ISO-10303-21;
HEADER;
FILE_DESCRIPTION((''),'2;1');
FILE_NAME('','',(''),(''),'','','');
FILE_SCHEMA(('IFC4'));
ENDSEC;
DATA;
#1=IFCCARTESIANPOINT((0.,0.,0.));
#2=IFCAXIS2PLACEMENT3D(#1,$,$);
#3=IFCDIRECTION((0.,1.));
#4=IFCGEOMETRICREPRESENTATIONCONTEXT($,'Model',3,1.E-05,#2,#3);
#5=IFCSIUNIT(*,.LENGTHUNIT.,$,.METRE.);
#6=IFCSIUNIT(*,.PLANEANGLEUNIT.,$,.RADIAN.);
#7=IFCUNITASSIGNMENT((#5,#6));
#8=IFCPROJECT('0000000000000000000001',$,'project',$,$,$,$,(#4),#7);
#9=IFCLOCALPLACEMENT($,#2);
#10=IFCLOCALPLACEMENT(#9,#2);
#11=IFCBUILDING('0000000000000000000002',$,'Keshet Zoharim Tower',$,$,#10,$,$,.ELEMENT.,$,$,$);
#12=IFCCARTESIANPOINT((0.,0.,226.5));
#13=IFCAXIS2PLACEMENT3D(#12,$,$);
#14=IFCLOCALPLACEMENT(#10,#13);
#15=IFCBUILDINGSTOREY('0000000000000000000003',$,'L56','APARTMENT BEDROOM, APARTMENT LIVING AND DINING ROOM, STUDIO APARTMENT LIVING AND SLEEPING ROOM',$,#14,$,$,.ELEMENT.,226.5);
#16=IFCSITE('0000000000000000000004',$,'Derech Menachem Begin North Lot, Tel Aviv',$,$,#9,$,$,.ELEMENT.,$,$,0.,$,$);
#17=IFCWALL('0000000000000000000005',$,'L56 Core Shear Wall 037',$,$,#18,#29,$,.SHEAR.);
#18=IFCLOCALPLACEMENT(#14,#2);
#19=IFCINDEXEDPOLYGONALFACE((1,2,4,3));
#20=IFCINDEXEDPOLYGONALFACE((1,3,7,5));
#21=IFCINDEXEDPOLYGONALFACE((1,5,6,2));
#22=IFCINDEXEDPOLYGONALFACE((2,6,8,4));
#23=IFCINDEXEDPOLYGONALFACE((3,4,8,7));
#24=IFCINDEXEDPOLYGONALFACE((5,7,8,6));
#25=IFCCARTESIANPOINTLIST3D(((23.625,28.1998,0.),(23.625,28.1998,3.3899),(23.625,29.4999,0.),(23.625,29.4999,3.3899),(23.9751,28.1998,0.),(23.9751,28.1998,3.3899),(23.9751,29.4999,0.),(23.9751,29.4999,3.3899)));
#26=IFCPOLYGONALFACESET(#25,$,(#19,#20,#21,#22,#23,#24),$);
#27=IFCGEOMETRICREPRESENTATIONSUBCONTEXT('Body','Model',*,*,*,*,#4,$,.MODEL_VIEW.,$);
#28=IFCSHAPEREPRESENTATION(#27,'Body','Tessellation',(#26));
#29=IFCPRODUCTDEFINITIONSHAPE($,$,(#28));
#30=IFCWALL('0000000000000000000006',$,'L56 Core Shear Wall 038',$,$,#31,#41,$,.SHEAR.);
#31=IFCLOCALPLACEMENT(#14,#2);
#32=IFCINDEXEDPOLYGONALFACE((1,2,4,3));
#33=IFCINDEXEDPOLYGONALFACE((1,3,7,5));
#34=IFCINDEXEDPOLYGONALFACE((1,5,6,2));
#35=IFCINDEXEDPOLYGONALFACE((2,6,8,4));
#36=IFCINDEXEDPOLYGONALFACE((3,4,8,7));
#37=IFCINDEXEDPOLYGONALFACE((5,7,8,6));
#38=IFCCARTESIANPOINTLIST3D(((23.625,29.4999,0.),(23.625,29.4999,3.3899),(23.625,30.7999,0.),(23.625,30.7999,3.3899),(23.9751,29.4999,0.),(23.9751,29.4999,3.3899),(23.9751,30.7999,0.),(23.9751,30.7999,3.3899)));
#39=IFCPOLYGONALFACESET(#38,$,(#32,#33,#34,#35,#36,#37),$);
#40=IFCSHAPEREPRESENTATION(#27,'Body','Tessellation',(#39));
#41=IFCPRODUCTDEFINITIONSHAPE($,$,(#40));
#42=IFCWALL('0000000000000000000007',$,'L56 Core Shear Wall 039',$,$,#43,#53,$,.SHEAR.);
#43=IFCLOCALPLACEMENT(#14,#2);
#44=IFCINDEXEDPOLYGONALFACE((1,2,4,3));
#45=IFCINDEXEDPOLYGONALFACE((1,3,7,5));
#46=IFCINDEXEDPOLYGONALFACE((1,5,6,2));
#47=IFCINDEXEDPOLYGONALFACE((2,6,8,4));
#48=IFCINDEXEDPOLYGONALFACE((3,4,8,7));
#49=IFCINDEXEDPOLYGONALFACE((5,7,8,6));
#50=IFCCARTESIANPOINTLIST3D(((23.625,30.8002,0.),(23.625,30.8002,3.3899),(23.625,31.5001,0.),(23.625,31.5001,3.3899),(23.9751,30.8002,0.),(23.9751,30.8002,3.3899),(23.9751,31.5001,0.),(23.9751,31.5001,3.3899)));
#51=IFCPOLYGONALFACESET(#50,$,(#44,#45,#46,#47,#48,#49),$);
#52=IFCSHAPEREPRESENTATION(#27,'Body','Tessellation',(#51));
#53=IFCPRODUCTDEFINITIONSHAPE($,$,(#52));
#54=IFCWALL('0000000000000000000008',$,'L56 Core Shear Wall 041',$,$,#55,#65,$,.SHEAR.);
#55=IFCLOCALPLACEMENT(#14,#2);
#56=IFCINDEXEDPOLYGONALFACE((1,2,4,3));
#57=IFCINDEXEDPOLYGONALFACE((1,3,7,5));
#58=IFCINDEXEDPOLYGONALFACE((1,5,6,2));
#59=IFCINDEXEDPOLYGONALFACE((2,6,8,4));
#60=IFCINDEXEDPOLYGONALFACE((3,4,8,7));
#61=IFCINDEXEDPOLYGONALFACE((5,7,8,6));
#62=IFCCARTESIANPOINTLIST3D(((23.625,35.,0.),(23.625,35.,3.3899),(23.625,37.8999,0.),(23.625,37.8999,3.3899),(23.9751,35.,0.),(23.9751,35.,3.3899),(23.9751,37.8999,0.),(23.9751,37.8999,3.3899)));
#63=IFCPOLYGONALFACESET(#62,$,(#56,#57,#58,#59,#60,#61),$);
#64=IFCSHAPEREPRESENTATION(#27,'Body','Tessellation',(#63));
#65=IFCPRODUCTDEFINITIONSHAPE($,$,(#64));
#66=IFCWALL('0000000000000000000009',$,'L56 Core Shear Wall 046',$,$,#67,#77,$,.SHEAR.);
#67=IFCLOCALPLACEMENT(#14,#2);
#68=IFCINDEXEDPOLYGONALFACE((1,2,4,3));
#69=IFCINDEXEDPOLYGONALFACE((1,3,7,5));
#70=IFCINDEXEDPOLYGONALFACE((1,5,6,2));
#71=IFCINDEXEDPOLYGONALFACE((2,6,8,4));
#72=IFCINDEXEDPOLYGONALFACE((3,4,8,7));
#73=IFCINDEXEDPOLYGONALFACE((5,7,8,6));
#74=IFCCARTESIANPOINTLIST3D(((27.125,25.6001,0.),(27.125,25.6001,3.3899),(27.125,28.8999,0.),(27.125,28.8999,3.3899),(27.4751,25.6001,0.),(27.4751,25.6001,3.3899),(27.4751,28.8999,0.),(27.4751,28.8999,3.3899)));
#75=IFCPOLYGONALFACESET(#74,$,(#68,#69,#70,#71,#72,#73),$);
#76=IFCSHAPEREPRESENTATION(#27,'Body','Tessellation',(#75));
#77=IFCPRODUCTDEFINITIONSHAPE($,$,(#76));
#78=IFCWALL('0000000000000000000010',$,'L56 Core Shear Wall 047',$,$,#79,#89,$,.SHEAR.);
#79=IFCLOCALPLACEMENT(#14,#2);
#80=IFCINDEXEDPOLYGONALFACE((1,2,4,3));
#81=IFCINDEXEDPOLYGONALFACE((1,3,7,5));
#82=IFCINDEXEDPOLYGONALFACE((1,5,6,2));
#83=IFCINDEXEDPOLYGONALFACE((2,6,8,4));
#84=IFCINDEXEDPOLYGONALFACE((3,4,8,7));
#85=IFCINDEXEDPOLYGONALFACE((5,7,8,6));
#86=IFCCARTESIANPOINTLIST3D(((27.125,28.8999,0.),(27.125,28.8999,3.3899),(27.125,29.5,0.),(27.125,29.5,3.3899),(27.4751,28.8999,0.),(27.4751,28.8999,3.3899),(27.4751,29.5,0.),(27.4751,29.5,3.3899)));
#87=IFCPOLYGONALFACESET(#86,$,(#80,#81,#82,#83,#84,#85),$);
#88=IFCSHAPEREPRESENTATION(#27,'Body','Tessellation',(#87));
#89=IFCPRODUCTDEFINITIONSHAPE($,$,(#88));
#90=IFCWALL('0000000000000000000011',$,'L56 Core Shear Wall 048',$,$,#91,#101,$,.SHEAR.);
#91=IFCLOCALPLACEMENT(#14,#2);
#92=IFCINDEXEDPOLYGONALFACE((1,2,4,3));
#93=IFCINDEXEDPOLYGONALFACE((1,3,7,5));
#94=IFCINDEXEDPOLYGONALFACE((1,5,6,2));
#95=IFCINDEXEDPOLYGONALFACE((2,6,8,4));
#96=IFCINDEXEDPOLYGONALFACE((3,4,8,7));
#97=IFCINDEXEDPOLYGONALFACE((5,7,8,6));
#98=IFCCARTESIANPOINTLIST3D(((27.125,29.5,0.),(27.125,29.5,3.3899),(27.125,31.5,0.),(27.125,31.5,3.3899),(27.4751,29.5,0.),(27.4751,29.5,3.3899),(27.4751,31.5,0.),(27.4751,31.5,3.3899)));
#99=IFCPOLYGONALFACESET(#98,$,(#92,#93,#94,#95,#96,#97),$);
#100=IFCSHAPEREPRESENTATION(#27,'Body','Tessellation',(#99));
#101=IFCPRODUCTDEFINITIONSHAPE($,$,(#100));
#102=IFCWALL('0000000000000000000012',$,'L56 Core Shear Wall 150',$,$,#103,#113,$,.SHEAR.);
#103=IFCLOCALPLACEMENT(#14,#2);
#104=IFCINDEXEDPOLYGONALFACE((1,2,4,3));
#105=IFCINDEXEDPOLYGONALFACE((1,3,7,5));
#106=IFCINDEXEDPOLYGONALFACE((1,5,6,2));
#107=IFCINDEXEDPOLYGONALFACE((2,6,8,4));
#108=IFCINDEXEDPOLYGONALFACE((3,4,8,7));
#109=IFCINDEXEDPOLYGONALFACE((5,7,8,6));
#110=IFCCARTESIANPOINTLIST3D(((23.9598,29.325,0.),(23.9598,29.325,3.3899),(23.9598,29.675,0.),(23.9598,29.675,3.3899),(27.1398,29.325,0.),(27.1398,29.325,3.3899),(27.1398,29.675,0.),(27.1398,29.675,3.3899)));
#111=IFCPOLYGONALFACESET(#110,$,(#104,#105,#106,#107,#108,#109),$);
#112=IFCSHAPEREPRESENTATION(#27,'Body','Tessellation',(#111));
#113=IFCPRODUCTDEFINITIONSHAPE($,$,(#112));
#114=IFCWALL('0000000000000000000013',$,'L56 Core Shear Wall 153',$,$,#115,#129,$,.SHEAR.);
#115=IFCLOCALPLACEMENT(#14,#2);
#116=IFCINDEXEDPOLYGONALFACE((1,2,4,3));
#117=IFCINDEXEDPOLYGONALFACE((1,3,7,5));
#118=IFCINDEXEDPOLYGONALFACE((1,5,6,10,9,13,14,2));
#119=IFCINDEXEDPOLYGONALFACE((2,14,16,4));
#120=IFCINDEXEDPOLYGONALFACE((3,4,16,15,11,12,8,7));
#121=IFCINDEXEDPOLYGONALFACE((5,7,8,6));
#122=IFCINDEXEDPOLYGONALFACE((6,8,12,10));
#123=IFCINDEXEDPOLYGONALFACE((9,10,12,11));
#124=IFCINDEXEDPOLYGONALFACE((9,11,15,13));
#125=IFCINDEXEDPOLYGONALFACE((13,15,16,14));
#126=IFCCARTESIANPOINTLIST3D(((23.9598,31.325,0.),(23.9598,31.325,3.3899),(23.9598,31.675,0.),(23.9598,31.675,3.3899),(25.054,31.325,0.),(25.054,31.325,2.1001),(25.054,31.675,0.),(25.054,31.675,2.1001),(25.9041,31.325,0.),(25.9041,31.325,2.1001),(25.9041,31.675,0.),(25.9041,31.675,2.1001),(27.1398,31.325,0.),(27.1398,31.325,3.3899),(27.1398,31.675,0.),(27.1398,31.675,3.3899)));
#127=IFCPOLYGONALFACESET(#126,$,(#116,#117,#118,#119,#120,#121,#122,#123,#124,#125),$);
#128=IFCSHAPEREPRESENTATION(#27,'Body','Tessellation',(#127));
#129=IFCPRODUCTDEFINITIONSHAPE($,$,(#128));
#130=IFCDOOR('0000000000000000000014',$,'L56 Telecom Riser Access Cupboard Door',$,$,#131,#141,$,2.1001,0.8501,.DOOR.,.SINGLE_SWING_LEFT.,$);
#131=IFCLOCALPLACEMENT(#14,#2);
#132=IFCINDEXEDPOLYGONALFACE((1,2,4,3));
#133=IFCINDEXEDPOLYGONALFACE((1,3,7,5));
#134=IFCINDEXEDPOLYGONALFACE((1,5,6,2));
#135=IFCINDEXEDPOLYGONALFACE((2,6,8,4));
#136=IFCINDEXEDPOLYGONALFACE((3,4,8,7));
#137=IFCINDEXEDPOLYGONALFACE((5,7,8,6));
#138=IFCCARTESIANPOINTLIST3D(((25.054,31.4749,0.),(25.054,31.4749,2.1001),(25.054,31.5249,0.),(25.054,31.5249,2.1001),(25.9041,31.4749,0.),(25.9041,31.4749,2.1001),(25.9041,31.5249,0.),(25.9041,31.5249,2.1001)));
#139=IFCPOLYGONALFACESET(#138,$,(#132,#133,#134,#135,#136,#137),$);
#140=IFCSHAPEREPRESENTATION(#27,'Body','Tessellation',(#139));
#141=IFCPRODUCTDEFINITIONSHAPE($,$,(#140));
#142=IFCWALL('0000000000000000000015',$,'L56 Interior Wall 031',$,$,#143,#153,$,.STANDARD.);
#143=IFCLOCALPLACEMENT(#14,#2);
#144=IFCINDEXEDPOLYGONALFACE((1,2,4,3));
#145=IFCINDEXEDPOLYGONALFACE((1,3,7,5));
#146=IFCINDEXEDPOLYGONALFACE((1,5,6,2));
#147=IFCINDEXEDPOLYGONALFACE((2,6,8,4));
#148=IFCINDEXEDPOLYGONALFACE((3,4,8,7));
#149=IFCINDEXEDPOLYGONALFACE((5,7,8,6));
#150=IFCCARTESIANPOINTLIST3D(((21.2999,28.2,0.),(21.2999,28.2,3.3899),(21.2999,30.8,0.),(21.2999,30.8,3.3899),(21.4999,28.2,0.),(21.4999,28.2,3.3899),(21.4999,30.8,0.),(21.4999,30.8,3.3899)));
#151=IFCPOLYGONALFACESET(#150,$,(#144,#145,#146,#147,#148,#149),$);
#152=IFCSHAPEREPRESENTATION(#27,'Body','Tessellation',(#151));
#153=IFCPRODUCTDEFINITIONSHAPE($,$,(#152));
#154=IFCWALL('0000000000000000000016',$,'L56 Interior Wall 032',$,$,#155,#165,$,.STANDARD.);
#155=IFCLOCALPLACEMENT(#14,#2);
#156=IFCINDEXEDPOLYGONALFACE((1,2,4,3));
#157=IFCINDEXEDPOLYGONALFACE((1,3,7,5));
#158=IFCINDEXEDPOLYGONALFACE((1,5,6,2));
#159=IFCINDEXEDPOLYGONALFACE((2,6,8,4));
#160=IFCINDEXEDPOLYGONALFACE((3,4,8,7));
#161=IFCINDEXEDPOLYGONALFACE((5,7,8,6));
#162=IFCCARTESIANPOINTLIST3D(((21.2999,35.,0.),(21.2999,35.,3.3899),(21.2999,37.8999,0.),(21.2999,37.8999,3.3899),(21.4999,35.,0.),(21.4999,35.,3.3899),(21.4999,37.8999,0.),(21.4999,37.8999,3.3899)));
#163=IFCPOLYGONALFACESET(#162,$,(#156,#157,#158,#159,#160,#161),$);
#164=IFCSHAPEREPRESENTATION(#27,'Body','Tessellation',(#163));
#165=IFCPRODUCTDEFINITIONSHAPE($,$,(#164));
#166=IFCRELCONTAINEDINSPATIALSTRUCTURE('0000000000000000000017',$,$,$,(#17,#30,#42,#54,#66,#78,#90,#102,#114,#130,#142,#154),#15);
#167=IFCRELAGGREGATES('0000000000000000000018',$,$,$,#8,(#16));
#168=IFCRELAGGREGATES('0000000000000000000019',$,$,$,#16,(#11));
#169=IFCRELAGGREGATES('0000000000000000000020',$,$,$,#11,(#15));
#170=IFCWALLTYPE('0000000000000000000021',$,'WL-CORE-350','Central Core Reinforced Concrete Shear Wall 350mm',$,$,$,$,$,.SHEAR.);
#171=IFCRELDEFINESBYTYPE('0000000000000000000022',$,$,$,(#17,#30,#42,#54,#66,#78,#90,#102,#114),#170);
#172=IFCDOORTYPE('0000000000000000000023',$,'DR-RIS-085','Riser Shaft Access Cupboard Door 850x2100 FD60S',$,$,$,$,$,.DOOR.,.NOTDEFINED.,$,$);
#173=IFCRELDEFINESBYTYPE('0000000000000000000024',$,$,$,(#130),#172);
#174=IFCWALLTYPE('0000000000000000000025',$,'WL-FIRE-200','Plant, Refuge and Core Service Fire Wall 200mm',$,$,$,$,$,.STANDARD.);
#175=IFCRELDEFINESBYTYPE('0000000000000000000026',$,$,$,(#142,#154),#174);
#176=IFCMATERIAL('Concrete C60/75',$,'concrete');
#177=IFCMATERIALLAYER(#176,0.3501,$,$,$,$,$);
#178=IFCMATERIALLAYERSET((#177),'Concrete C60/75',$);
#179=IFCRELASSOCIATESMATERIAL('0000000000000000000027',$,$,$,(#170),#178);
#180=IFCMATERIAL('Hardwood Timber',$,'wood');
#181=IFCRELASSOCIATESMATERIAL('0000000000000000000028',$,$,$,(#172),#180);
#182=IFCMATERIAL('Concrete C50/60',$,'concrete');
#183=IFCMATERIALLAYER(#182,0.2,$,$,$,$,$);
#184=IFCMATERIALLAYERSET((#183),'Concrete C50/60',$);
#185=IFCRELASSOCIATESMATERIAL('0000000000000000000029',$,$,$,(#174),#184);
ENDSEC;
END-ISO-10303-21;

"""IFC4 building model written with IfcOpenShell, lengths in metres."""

from ifc_helpers import new_model, si_unit, direction, frame, frame_2d, origin, place, context, subcontext, project, spatial, rectangle, extrude, material, layer, layer_set, type_object, element, fill, save


model = new_model("IFC4")

# Units and contexts
model_context = context("Model", 3, precision=1e-05, world=origin(), true_north=direction((0.0, 1.0)))
body_context = subcontext(model_context, "Body", "Model", "MODEL_VIEW")
ifc_project = project(units=[si_unit("LENGTHUNIT", "METRE"), si_unit("PLANEANGLEUNIT", "RADIAN")], contexts=[model_context])

# Site, building, storey
site_placement = place(None, origin())
site = spatial("IfcSite", under=ifc_project, at=site_placement, Name="Derech Menachem Begin North Lot, Tel Aviv", CompositionType="ELEMENT", RefElevation=0.0)
building_placement = place(site_placement, origin())
building = spatial("IfcBuilding", under=site, at=building_placement, Name="Keshet Zoharim Tower", CompositionType="ELEMENT")
storey_placement = place(building_placement, frame((0.0, 0.0, 226.5)))
storey = spatial("IfcBuildingStorey", under=building, at=storey_placement, Name="L56", Description="APARTMENT BEDROOM, APARTMENT LIVING AND DINING ROOM, STUDIO APARTMENT LIVING AND SLEEPING ROOM", CompositionType="ELEMENT", Elevation=226.5)

# Walls
ifc_material_1 = material(Name="Concrete C60/75", Category="concrete")
ifc_layer_1 = layer(ifc_material_1, 0.3501)
ifc_layer_set_1 = layer_set([ifc_layer_1], Name="Concrete C60/75")
wall_type_1 = type_object("IfcWallType", Name="WL-CORE-350", Description="Central Core Reinforced Concrete Shear Wall 350mm", PredefinedType="SHEAR", material=ifc_layer_set_1)
for number, where, z_axis, x_axis, name in (
    (1, (23.8, 28.2, 0.0), (0.0, 0.0, 1.0), (0.0, 1.0, 0.0), "L56 Core Shear Wall 037"),
    (2, (23.8, 29.5, 0.0), (0.0, 0.0, 1.0), (0.0, 1.0, 0.0), "L56 Core Shear Wall 038"),
):
    element("IfcWall", number, at=place(storey_placement, frame(where, z_axis=z_axis, x_axis=x_axis)), inside=storey, type_object=wall_type_1, Name=name, PredefinedType="SHEAR", context=body_context, shape_type="SweptSolid", body=[
        extrude(rectangle(XDim=1.3, YDim=0.3501, at=frame_2d((0.6499, 0.0))), origin(), (0.0, 0.0, 1.0), 3.3899),
    ])
wall_1_placement = place(storey_placement, frame((23.8, 30.8, 0.0), z_axis=(0.0, 0.0, 1.0), x_axis=(0.0, 1.0, 0.0)))
element("IfcWall", 3, at=wall_1_placement, inside=storey, type_object=wall_type_1, Name="L56 Core Shear Wall 039", PredefinedType="SHEAR", context=body_context, shape_type="SweptSolid", body=[
    extrude(rectangle(XDim=0.7, YDim=0.3501, at=frame_2d((0.3501, 0.0))), origin(), (0.0, 0.0, 1.0), 3.3899),
])

# Shared definitions
ifc_material_2 = material(Name="Hardwood Timber", Category="wood")

# Walls
wall_2_placement = place(storey_placement, frame((23.8, 35.0, 0.0), z_axis=(0.0, 0.0, 1.0), x_axis=(0.0, 1.0, 0.0)))
element("IfcWall", 4, at=wall_2_placement, inside=storey, type_object=wall_type_1, Name="L56 Core Shear Wall 041", PredefinedType="SHEAR", context=body_context, shape_type="SweptSolid", body=[
    extrude(rectangle(XDim=2.8999, YDim=0.3501, at=frame_2d((1.45, 0.0))), origin(), (0.0, 0.0, 1.0), 3.3899),
])
wall_3_placement = place(storey_placement, frame((27.3, 25.6001, 0.0), z_axis=(0.0, 0.0, 1.0), x_axis=(0.0, 1.0, 0.0)))
element("IfcWall", 5, at=wall_3_placement, inside=storey, type_object=wall_type_1, Name="L56 Core Shear Wall 046", PredefinedType="SHEAR", context=body_context, shape_type="SweptSolid", body=[
    extrude(rectangle(XDim=3.2998, YDim=0.3501, at=frame_2d((1.6499, 0.0))), origin(), (0.0, 0.0, 1.0), 3.3899),
])
wall_4_placement = place(storey_placement, frame((27.3, 28.8999, 0.0), z_axis=(0.0, 0.0, 1.0), x_axis=(0.0, 1.0, 0.0)))
element("IfcWall", 6, at=wall_4_placement, inside=storey, type_object=wall_type_1, Name="L56 Core Shear Wall 047", PredefinedType="SHEAR", context=body_context, shape_type="SweptSolid", body=[
    extrude(rectangle(XDim=0.6001, YDim=0.3501, at=frame_2d((0.3, 0.0))), origin(), (0.0, 0.0, 1.0), 3.3899),
])
wall_5_placement = place(storey_placement, frame((27.3, 29.5, 0.0), z_axis=(0.0, 0.0, 1.0), x_axis=(0.0, 1.0, 0.0)))
element("IfcWall", 7, at=wall_5_placement, inside=storey, type_object=wall_type_1, Name="L56 Core Shear Wall 048", PredefinedType="SHEAR", context=body_context, shape_type="SweptSolid", body=[
    extrude(rectangle(XDim=2.0, YDim=0.3501, at=frame_2d((1.0, 0.0))), origin(), (0.0, 0.0, 1.0), 3.3899),
])
wall_6_placement = place(storey_placement, frame((23.96, 29.5, 0.0), z_axis=(0.0, 0.0, 1.0), x_axis=(1.0, 0.0, 0.0)))
element("IfcWall", 8, at=wall_6_placement, inside=storey, type_object=wall_type_1, Name="L56 Core Shear Wall 150", PredefinedType="SHEAR", context=body_context, shape_type="SweptSolid", body=[
    extrude(rectangle(XDim=3.1799, YDim=0.3501, at=frame_2d((1.5898, 0.0))), origin(), (0.0, 0.0, 1.0), 3.3899),
])

# Wall, opening, door
wall_7_placement = place(storey_placement, frame((23.96, 31.5, 0.0), z_axis=(0.0, 0.0, 1.0), x_axis=(1.0, 0.0, 0.0)))
wall_7 = element("IfcWall", 9, at=wall_7_placement, inside=storey, type_object=wall_type_1, Name="L56 Core Shear Wall 153", PredefinedType="SHEAR", context=body_context, shape_type="SweptSolid", body=[
    extrude(rectangle(XDim=3.1799, YDim=0.3501, at=frame_2d((1.5898, 0.0))), origin(), (0.0, 0.0, 1.0), 3.3899),
])
opening_1_placement = place(wall_7_placement, frame((1.094, 0.0, 0.0)))
opening_1 = element("IfcOpeningElement", 10, at=opening_1_placement, cuts=wall_7, PredefinedType="OPENING", context=body_context, shape_type="SweptSolid", body=[
    extrude(rectangle(XDim=0.8501, YDim=2.1001, at=frame_2d((0.425, 1.05))), frame((0.0, 0.1851, 0.0), z_axis=(0.0, -1.0, 0.0), x_axis=(1.0, 0.0, 0.0)), (0.0, 0.0, 1.0), 0.3701),
])
door_type_1 = type_object("IfcDoorType", Name="DR-RIS-085", Description="Riser Shaft Access Cupboard Door 850x2100 FD60S", OperationType="NOTDEFINED", PredefinedType="DOOR", material=ifc_material_2)
door_1_placement = place(opening_1_placement, origin())
door_1 = element("IfcDoor", 11, at=door_1_placement, inside=storey, type_object=door_type_1, Name="L56 Telecom Riser Access Cupboard Door", OperationType="SINGLE_SWING_LEFT", OverallHeight=2.1001, OverallWidth=0.8501, PredefinedType="DOOR", context=body_context, shape_type="SweptSolid", body=[
    extrude(rectangle(XDim=0.8501, YDim=2.1001, at=frame_2d((0.425, 1.05))), frame((0.0, 0.0249, 0.0), z_axis=(0.0, -1.0, 0.0), x_axis=(1.0, 0.0, 0.0)), (0.0, 0.0, 1.0), 0.05),
])
fill(opening_1, door_1)

# Walls
ifc_material_3 = material(Name="Concrete C50/60", Category="concrete")
ifc_layer_2 = layer(ifc_material_3, 0.2)
ifc_layer_set_2 = layer_set([ifc_layer_2], Name="Concrete C50/60")
wall_type_2 = type_object("IfcWallType", Name="WL-FIRE-200", Description="Plant, Refuge and Core Service Fire Wall 200mm", PredefinedType="STANDARD", material=ifc_layer_set_2)
wall_8_placement = place(storey_placement, frame((21.3999, 28.2, 0.0), z_axis=(0.0, 0.0, 1.0), x_axis=(0.0, 1.0, 0.0)))
element("IfcWall", 12, at=wall_8_placement, inside=storey, type_object=wall_type_2, Name="L56 Interior Wall 031", PredefinedType="STANDARD", context=body_context, shape_type="SweptSolid", body=[
    extrude(rectangle(XDim=2.6001, YDim=0.2, at=frame_2d((1.3, 0.0))), origin(), (0.0, 0.0, 1.0), 3.3899),
])
wall_9_placement = place(storey_placement, frame((21.3999, 35.0, 0.0), z_axis=(0.0, 0.0, 1.0), x_axis=(0.0, 1.0, 0.0)))
element("IfcWall", 13, at=wall_9_placement, inside=storey, type_object=wall_type_2, Name="L56 Interior Wall 032", PredefinedType="STANDARD", context=body_context, shape_type="SweptSolid", body=[
    extrude(rectangle(XDim=2.8999, YDim=0.2, at=frame_2d((1.45, 0.0))), origin(), (0.0, 0.0, 1.0), 3.3899),
])

save(model, "model.ifc")
